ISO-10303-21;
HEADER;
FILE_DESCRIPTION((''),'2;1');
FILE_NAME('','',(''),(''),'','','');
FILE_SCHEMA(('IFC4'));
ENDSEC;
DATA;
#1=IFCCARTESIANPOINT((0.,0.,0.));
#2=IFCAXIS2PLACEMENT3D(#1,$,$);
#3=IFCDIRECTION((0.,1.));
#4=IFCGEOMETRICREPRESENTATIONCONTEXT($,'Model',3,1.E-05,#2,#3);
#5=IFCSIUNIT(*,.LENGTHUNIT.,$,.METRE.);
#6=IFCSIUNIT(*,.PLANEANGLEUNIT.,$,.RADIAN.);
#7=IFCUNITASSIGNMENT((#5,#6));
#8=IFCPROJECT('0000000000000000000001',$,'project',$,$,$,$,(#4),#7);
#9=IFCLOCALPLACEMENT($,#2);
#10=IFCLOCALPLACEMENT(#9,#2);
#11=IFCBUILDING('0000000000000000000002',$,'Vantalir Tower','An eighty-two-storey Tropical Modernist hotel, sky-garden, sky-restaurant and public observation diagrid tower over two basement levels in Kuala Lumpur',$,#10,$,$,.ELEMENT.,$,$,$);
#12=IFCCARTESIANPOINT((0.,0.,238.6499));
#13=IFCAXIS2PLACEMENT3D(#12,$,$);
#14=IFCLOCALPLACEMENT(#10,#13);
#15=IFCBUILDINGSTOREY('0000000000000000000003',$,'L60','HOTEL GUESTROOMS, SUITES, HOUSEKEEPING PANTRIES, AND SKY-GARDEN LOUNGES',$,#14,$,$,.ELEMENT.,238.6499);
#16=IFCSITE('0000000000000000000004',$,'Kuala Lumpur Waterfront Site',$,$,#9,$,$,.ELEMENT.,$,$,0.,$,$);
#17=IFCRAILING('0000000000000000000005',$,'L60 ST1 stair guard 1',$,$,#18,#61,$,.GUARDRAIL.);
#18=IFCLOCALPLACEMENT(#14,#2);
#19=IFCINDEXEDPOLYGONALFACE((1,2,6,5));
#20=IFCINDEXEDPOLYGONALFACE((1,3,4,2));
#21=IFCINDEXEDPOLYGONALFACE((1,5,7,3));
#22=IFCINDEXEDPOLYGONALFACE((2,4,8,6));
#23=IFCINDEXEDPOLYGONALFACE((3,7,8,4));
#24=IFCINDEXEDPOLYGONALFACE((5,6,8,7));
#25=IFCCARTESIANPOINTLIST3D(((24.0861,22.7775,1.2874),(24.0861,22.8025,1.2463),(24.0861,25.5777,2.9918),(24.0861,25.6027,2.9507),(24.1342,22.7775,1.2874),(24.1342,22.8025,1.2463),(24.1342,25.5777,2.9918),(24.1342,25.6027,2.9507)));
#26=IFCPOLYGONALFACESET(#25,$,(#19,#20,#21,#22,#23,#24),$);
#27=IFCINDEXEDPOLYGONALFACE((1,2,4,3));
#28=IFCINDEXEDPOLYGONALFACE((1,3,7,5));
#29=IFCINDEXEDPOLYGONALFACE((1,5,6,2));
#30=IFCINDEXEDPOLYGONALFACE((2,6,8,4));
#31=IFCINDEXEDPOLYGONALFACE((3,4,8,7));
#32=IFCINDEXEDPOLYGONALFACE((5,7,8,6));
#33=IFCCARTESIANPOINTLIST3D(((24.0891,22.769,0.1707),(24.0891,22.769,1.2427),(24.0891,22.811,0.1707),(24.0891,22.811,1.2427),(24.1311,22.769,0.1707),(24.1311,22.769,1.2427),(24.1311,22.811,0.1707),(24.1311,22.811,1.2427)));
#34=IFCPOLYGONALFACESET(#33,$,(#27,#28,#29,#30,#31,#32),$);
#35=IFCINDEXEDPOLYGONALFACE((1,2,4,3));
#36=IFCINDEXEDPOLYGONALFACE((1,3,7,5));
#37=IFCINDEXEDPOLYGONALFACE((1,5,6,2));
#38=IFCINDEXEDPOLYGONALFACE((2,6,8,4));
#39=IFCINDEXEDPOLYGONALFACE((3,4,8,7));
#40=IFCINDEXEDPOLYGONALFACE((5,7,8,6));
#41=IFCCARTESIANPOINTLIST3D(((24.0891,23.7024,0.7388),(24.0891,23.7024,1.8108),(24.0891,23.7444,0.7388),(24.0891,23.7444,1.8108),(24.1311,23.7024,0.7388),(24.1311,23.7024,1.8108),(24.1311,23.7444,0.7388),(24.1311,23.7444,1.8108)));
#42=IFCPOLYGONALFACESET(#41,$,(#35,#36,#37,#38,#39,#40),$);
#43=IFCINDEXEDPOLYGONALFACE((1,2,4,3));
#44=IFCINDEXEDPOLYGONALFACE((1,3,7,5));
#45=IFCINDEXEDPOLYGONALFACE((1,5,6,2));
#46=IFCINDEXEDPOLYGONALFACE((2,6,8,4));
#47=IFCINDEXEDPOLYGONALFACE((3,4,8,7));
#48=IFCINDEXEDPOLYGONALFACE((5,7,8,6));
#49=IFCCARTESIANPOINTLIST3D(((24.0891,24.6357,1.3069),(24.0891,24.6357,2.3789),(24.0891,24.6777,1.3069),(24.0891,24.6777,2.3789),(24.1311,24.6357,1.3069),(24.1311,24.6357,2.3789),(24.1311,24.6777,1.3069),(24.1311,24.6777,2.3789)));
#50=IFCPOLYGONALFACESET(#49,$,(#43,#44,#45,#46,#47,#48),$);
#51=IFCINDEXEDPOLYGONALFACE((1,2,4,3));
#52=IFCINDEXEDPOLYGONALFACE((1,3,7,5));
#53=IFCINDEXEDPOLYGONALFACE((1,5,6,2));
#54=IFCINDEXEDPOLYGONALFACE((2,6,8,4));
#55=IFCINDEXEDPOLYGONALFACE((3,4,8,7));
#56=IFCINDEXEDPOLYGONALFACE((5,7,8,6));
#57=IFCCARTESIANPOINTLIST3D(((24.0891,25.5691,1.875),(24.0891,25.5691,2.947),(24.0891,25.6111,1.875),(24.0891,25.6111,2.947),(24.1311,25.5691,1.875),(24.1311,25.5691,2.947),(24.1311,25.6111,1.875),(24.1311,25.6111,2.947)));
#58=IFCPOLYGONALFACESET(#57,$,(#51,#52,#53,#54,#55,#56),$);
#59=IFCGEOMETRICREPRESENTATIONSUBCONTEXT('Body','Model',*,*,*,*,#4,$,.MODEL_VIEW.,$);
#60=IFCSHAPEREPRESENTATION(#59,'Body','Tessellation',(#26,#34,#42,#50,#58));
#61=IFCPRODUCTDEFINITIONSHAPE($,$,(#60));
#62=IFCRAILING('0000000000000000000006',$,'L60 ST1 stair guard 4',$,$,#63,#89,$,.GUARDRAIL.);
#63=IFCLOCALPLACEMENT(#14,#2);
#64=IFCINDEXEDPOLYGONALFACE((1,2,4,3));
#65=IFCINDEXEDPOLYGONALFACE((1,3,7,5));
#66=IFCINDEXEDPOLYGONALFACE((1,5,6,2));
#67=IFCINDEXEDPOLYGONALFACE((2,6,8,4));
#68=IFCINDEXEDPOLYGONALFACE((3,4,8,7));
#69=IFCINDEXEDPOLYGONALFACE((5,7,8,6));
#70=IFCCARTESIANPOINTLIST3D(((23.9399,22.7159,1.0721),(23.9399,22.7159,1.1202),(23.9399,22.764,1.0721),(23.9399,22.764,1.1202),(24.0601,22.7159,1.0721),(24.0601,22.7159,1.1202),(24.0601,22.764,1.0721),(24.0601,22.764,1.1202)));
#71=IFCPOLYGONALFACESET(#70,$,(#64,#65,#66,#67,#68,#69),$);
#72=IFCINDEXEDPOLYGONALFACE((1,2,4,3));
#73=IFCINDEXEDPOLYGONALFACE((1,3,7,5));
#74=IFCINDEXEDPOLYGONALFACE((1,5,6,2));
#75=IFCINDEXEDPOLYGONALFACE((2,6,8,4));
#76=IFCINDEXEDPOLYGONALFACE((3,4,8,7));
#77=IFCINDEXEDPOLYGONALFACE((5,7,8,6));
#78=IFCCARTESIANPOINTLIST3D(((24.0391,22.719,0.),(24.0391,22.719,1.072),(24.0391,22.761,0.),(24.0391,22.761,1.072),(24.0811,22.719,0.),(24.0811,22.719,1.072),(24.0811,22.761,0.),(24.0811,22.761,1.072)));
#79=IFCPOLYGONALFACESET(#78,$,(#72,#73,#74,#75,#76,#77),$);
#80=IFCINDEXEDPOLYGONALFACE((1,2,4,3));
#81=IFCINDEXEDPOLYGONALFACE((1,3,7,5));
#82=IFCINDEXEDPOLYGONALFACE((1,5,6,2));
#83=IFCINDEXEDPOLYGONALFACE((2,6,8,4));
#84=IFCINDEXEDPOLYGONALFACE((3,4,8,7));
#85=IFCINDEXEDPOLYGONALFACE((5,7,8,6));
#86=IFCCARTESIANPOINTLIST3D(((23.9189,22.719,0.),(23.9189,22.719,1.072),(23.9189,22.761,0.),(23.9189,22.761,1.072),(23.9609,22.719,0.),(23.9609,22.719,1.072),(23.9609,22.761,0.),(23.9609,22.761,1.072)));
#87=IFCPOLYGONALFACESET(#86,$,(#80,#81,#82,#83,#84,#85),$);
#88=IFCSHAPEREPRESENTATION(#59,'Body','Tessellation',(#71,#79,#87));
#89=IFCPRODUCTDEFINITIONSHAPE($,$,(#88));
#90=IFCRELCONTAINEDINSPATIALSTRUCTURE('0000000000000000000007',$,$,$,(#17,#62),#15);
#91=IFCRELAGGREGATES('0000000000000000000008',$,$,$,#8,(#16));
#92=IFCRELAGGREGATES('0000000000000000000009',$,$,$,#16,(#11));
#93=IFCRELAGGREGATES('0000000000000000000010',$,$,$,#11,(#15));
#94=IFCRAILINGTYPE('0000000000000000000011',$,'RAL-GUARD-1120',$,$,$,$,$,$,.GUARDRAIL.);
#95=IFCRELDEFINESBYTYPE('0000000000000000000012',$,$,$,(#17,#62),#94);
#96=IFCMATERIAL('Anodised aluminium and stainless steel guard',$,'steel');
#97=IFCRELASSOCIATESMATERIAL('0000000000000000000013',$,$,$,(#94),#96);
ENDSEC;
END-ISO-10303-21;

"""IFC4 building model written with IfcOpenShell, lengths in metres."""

from ifc_helpers import new_model, si_unit, direction, frame, origin, origin_2d, place, context, subcontext, project, spatial, rectangle, extrude, material, type_object, element, save


model = new_model("IFC4")

# Units and contexts
model_context = context("Model", 3, precision=1e-05, world=origin(), true_north=direction((0.0, 1.0)))
body_context = subcontext(model_context, "Body", "Model", "MODEL_VIEW")
ifc_project = project(units=[si_unit("LENGTHUNIT", "METRE"), si_unit("PLANEANGLEUNIT", "RADIAN")], contexts=[model_context])

# Site, building, storey
site_placement = place(None, origin())
site = spatial("IfcSite", under=ifc_project, at=site_placement, Name="Kuala Lumpur Waterfront Site", CompositionType="ELEMENT", RefElevation=0.0)
building_placement = place(site_placement, origin())
building = spatial("IfcBuilding", under=site, at=building_placement, Name="Vantalir Tower", Description="An eighty-two-storey Tropical Modernist hotel, sky-garden, sky-restaurant and public observation diagrid tower over two basement levels in Kuala Lumpur", CompositionType="ELEMENT")
storey_placement = place(building_placement, frame((0.0, 0.0, 238.6499)))
storey = spatial("IfcBuildingStorey", under=building, at=storey_placement, Name="L60", Description="HOTEL GUESTROOMS, SUITES, HOUSEKEEPING PANTRIES, AND SKY-GARDEN LOUNGES", CompositionType="ELEMENT", Elevation=238.6499)

# Railings
ifc_material_1 = material(Name="Anodised aluminium and stainless steel guard", Category="steel")
railing_type = type_object("IfcRailingType", Name="RAL-GUARD-1120", PredefinedType="GUARDRAIL", material=ifc_material_1)
railing_1_placement = place(storey_placement, frame((24.1101, 22.79, 0.1707)))
element("IfcRailing", 1, at=railing_1_placement, inside=storey, type_object=railing_type, Name="L60 ST1 stair guard 1", PredefinedType="GUARDRAIL", context=body_context, shape_type="SweptSolid", body=[
    extrude(rectangle(XDim=0.0481, YDim=0.0481, at=origin_2d()), frame((0.0, 0.0, 1.0962), z_axis=(0.0, 0.854203, 0.51994), x_axis=(-1.0, 0.0, 0.0)), (0.0, 0.0, 1.0), 3.2781),
    extrude(rectangle(XDim=0.042, YDim=0.042, at=origin_2d()), origin(), (0.0, 0.0, 1.0), 1.072),
    extrude(rectangle(XDim=0.042, YDim=0.042, at=origin_2d()), frame((0.0, 0.9333, 0.5681)), (0.0, 0.0, 1.0), 1.072),
    extrude(rectangle(XDim=0.042, YDim=0.042, at=origin_2d()), frame((0.0, 1.8667, 1.1362)), (0.0, 0.0, 1.0), 1.072),
    extrude(rectangle(XDim=0.042, YDim=0.042, at=origin_2d()), frame((0.0, 2.8, 1.7043)), (0.0, 0.0, 1.0), 1.072),
])
railing_2_placement = place(storey_placement, frame((24.0601, 22.74, 0.0)))
element("IfcRailing", 2, at=railing_2_placement, inside=storey, type_object=railing_type, Name="L60 ST1 stair guard 4", PredefinedType="GUARDRAIL", context=body_context, shape_type="SweptSolid", body=[
    extrude(rectangle(XDim=0.0481, YDim=0.0481, at=origin_2d()), frame((0.0, 0.0, 1.0962), z_axis=(-1.0, 0.0, 0.0), x_axis=(0.0, -1.0, 0.0)), (0.0, 0.0, 1.0), 0.1201),
    extrude(rectangle(XDim=0.042, YDim=0.042, at=origin_2d()), origin(), (0.0, 0.0, 1.0), 1.072),
    extrude(rectangle(XDim=0.042, YDim=0.042, at=origin_2d()), frame((-0.1201, 0.0, 0.0)), (0.0, 0.0, 1.0), 1.072),
])

save(model, "model.ifc")
